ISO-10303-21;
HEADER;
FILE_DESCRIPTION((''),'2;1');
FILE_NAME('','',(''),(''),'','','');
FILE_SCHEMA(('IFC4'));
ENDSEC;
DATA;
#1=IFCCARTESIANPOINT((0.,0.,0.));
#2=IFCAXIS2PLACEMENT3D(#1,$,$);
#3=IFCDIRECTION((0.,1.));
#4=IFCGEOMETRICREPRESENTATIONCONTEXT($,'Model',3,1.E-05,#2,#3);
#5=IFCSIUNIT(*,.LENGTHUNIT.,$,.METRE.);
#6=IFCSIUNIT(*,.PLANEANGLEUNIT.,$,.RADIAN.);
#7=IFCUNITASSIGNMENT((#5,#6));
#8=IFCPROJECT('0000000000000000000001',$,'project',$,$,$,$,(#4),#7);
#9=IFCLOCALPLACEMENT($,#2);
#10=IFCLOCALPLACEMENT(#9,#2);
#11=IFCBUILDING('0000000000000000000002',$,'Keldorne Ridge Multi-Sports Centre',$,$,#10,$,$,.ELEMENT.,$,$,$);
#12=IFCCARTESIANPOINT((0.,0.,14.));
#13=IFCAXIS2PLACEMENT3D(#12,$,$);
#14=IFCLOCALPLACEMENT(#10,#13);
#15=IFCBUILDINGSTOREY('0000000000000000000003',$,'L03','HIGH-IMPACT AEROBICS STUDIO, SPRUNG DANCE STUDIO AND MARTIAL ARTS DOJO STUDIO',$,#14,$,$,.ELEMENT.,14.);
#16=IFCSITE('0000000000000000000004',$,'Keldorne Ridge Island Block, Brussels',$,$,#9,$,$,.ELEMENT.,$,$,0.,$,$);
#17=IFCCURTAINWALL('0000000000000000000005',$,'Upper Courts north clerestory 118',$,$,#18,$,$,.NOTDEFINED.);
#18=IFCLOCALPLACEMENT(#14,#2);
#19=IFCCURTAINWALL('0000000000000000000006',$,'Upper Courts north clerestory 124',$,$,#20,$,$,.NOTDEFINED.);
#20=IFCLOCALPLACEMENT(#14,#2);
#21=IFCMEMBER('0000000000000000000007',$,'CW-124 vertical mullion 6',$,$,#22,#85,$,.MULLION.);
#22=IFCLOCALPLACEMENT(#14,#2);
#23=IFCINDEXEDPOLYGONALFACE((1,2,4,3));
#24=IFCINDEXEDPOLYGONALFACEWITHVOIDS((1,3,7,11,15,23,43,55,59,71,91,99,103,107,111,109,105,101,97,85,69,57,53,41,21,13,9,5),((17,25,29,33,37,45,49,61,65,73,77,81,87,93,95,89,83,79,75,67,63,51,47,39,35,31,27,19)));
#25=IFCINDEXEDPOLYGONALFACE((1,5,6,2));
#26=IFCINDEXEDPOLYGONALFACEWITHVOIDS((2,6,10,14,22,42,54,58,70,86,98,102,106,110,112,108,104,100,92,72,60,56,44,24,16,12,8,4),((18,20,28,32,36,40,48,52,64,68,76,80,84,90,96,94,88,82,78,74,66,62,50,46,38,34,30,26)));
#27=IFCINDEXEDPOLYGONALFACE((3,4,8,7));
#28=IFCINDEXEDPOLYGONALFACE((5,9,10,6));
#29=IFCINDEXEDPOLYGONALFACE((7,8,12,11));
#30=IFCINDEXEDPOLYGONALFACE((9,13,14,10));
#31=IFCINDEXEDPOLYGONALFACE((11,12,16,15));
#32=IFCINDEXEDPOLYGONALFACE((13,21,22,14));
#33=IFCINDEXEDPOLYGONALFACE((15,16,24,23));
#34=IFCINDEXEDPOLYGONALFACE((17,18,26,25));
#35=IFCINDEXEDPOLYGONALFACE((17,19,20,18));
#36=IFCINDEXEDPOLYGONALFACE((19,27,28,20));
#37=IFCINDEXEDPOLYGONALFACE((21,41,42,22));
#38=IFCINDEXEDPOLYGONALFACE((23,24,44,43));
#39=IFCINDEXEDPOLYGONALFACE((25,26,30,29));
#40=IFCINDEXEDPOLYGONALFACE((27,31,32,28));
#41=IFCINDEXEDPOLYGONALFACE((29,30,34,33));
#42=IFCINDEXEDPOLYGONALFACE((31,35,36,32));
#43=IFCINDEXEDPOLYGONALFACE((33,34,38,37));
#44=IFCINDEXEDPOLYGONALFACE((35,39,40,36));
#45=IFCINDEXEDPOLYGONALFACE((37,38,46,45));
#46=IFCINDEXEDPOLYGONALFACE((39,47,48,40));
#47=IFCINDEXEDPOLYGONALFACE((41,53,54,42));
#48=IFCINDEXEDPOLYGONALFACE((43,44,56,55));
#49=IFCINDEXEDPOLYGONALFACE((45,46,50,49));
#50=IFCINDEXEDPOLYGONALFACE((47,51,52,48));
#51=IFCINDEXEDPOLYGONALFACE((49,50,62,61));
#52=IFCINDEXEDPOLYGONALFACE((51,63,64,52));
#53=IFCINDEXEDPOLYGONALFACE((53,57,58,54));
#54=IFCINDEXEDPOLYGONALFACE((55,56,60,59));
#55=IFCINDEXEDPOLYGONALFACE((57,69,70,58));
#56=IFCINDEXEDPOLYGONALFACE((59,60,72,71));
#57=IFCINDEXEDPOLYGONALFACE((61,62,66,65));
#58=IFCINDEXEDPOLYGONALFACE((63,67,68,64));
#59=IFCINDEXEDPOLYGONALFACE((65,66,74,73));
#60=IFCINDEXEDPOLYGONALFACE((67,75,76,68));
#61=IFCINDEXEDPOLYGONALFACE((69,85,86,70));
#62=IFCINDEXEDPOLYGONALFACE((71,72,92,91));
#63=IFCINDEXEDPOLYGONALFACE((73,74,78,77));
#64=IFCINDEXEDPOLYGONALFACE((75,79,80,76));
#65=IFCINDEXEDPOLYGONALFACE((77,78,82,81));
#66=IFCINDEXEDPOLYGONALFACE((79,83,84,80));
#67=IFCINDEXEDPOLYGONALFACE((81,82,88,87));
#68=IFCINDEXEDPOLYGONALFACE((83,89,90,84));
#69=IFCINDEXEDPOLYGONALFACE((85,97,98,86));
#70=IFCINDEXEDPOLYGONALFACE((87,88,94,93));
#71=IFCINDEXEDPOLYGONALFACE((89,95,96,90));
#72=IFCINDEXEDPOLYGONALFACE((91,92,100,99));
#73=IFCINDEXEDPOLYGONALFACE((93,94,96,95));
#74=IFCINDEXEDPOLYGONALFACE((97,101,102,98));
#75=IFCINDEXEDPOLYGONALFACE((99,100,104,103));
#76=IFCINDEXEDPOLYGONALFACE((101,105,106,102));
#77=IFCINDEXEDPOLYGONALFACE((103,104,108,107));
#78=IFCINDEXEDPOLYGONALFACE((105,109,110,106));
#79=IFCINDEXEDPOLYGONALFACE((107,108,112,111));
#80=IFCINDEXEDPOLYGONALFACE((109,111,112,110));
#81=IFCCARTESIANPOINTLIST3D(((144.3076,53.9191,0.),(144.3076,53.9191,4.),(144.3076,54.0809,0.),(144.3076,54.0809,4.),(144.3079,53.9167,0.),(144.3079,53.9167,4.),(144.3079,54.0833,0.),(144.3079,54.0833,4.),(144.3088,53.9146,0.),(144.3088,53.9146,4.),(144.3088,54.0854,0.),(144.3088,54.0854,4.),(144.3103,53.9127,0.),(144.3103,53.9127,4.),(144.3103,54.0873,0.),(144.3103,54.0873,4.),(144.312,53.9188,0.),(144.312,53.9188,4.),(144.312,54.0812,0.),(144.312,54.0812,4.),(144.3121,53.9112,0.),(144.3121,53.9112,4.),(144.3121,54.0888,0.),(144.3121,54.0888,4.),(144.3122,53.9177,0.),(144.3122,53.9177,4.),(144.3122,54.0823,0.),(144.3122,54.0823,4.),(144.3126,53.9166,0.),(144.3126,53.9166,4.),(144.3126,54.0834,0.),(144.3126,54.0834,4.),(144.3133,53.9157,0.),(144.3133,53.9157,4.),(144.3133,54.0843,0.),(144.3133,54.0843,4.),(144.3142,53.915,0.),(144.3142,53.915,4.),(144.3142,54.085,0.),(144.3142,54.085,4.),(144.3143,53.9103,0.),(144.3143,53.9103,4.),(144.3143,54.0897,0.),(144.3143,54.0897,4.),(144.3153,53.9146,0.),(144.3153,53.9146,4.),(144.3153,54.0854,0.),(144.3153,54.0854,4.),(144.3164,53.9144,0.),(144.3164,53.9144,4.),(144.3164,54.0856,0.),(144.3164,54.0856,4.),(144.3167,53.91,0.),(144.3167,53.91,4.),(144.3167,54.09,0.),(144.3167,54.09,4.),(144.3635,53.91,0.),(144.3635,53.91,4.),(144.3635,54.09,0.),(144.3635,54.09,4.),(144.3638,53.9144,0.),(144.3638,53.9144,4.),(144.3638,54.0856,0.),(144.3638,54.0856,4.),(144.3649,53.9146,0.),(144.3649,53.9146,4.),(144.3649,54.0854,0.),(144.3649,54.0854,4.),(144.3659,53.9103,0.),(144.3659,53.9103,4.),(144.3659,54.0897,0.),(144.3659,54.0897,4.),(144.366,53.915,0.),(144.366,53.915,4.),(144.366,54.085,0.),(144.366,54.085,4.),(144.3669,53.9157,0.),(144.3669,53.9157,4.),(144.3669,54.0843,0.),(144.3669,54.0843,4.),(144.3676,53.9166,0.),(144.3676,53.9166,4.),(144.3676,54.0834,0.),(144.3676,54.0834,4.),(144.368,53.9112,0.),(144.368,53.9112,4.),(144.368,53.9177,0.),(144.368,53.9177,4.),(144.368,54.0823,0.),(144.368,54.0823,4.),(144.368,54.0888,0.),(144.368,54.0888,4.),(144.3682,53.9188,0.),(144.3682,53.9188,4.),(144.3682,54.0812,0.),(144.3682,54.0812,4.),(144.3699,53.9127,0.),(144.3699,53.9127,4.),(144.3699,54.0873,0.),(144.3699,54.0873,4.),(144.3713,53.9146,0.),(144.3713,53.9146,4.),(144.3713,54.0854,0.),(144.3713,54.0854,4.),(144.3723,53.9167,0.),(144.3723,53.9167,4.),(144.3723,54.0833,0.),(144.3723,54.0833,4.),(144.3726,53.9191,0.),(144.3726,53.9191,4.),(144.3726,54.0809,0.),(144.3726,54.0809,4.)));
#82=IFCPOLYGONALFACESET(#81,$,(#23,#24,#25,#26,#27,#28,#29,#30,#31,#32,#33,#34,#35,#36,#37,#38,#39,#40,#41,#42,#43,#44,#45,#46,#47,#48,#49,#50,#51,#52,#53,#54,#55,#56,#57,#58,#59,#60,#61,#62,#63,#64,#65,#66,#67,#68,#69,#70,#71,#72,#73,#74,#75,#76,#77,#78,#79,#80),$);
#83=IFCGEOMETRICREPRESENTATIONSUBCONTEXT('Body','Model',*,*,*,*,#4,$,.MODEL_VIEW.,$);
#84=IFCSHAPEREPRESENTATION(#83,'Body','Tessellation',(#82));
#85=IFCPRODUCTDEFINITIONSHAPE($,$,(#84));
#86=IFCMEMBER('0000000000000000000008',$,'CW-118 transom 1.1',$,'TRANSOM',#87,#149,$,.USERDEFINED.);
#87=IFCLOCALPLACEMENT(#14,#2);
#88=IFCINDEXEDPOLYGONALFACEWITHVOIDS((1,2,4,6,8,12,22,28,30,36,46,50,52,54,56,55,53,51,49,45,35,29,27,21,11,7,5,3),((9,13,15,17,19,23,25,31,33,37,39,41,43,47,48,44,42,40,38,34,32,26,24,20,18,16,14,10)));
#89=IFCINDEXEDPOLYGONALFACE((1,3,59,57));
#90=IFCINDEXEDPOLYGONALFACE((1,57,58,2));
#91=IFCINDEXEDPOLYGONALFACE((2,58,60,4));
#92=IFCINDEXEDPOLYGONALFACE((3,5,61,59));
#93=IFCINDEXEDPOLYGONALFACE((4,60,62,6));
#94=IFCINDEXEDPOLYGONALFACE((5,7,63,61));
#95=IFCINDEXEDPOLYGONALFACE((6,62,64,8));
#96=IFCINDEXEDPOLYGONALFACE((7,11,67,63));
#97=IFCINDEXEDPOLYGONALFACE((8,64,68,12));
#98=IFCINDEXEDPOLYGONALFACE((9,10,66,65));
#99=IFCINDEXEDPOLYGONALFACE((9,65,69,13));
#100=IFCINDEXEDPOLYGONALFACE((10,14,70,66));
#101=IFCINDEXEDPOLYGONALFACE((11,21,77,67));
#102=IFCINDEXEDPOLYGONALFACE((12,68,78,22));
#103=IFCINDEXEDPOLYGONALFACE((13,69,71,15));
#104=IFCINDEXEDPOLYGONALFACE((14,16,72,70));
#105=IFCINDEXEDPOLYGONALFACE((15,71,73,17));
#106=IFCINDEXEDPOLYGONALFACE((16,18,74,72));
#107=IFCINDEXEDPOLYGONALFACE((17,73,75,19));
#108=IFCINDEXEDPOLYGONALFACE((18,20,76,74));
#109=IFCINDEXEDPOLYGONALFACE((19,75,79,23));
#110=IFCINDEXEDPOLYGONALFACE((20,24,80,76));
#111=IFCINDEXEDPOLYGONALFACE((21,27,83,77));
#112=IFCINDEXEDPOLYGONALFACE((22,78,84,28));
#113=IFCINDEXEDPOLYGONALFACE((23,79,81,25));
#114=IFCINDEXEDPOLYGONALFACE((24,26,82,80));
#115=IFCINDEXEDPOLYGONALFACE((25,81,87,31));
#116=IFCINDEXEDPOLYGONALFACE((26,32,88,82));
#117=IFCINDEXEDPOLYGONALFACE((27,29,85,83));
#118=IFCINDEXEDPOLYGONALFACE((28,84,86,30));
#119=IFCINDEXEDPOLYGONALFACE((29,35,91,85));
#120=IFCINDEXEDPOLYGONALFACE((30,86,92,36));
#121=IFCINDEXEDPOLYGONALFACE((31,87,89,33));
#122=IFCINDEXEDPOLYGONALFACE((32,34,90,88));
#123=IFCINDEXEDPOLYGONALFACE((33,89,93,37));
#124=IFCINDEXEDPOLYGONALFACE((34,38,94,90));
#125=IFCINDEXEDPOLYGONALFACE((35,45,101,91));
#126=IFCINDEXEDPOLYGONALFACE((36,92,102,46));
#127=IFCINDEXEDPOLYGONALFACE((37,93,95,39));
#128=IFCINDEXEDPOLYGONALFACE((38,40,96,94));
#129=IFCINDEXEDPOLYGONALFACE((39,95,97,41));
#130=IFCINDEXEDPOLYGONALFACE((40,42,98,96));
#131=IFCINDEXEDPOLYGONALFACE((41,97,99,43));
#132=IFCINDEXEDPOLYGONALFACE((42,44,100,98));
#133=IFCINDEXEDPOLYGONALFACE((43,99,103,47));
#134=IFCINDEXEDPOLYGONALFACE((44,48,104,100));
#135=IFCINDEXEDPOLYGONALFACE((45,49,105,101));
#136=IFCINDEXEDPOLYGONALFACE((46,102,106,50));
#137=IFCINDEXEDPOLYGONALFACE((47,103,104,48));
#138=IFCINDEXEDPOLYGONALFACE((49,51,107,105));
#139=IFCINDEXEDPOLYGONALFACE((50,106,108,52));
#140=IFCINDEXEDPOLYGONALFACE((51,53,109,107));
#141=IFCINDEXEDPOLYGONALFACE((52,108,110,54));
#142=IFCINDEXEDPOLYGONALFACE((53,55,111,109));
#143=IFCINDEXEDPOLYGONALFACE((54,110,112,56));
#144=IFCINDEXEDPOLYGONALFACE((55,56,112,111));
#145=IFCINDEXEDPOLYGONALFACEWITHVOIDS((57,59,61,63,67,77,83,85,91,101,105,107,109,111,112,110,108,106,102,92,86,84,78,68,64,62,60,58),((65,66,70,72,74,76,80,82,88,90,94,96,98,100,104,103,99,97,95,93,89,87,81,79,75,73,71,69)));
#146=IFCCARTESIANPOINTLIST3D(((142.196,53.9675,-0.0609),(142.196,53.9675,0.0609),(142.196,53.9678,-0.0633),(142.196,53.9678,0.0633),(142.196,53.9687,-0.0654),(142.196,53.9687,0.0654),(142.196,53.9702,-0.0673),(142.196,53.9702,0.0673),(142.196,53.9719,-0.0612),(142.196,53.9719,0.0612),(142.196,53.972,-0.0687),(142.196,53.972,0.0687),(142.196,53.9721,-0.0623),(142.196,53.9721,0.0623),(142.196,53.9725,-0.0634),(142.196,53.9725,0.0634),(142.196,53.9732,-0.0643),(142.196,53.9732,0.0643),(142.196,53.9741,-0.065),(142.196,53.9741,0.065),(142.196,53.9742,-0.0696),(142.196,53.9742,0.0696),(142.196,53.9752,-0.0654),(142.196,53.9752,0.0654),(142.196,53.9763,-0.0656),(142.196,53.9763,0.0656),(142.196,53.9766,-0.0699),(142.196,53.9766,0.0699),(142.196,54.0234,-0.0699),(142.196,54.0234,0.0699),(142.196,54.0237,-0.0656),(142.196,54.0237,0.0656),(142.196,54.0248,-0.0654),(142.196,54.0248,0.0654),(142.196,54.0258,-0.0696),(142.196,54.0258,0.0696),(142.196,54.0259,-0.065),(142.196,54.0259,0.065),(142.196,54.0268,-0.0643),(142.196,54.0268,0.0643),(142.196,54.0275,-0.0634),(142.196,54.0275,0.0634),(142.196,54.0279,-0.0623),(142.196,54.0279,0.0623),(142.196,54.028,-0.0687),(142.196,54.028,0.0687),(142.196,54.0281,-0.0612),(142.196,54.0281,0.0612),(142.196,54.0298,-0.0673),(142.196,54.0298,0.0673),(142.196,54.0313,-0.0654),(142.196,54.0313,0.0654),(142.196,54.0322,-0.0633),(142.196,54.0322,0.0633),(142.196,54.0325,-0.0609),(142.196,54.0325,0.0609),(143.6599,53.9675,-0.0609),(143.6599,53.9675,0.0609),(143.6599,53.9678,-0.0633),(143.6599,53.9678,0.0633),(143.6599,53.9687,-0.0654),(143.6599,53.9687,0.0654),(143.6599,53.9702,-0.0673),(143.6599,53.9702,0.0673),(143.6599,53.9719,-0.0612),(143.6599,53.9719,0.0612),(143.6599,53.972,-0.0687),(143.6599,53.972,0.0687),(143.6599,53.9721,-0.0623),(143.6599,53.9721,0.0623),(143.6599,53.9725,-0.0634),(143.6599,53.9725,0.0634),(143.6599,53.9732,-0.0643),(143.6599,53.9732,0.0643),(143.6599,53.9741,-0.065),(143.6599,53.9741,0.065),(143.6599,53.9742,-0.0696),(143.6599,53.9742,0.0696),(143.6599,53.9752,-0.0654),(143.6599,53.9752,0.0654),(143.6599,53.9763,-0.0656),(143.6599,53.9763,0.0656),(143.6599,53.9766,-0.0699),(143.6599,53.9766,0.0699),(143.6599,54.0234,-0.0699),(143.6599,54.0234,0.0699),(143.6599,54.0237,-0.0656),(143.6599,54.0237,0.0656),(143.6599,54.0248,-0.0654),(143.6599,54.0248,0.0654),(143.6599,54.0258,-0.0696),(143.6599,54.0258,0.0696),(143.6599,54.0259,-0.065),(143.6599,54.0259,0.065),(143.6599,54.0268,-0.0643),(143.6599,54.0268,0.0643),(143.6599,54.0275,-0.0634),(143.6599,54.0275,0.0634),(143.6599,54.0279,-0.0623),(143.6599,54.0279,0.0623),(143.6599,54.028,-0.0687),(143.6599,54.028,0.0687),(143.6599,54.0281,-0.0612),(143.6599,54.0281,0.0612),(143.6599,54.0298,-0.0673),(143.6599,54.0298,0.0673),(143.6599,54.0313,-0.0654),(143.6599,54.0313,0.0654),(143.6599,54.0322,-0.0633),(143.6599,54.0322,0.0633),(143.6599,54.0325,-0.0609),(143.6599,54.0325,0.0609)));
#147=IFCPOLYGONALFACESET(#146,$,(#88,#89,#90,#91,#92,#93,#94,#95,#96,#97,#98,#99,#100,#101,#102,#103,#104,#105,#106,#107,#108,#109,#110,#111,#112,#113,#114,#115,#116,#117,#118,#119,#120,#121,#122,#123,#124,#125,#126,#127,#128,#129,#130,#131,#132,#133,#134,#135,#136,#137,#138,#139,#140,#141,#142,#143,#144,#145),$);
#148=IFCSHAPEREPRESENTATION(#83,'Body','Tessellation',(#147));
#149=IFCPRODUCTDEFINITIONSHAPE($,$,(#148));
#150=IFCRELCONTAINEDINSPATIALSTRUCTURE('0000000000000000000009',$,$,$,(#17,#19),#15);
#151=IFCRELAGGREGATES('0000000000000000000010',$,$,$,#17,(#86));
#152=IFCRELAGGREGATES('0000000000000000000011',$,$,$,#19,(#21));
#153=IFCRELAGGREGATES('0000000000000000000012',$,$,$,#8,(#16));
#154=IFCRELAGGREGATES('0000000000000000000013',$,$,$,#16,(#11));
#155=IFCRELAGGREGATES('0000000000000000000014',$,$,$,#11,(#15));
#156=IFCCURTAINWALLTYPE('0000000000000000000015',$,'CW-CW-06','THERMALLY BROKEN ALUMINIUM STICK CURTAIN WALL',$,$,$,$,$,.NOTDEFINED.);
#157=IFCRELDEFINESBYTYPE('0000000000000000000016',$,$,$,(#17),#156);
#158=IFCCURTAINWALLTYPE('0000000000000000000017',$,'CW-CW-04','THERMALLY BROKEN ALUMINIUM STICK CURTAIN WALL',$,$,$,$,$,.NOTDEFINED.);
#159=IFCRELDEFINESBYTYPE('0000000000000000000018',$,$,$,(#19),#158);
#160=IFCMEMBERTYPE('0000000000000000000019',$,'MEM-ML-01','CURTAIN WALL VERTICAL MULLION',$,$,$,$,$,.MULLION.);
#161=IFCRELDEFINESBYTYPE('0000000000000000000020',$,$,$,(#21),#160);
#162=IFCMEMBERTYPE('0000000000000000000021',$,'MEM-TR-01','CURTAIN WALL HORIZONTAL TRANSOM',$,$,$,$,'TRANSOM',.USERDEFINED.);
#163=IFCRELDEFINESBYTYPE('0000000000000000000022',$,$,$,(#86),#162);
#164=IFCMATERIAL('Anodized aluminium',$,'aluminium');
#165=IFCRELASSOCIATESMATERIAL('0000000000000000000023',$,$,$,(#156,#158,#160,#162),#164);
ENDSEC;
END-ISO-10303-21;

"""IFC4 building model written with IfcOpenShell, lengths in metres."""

from ifc_helpers import new_model, si_unit, direction, frame, origin, origin_2d, place, context, subcontext, project, spatial, hollow_rectangle, extrude, material, material_profile, profile_set, type_object, element, aggregate, save


model = new_model("IFC4")

# Units and contexts
model_context = context("Model", 3, precision=1e-05, world=origin(), true_north=direction((0.0, 1.0)))
body_context = subcontext(model_context, "Body", "Model", "MODEL_VIEW")
ifc_project = project(units=[si_unit("LENGTHUNIT", "METRE"), si_unit("PLANEANGLEUNIT", "RADIAN")], contexts=[model_context])

# Site, building, storey
site_placement = place(None, origin())
site = spatial("IfcSite", under=ifc_project, at=site_placement, Name="Keldorne Ridge Island Block, Brussels", CompositionType="ELEMENT", RefElevation=0.0)
building_placement = place(site_placement, origin())
building = spatial("IfcBuilding", under=site, at=building_placement, Name="Keldorne Ridge Multi-Sports Centre", CompositionType="ELEMENT")
storey_placement = place(building_placement, frame((0.0, 0.0, 14.0)))
storey = spatial("IfcBuildingStorey", under=building, at=storey_placement, Name="L03", Description="HIGH-IMPACT AEROBICS STUDIO, SPRUNG DANCE STUDIO AND MARTIAL ARTS DOJO STUDIO", CompositionType="ELEMENT", Elevation=14.0)

# Curtain wall
ifc_material_1 = material(Name="Anodized aluminium", Category="aluminium")
curtain_wall_type_1 = type_object("IfcCurtainWallType", Name="CW-CW-06", Description="THERMALLY BROKEN ALUMINIUM STICK CURTAIN WALL", PredefinedType="NOTDEFINED", material=ifc_material_1)
curtain_wall_1_placement = place(storey_placement, origin())
curtain_wall_1 = element("IfcCurtainWall", 1, at=curtain_wall_1_placement, inside=storey, type_object=curtain_wall_type_1, Name="Upper Courts north clerestory 118", PredefinedType="NOTDEFINED")
ifc_material_profile_1 = material_profile(ifc_material_1, hollow_rectangle(XDim=0.0649, YDim=0.1799, WallThickness=0.0044, InnerFilletRadius=0.0044, OuterFilletRadius=0.009, at=origin_2d()), Name="ALU MULLION 180x65x4.5")
ifc_profile_set_1 = profile_set([ifc_material_profile_1], Name="Anodized aluminium")
member_type_1 = type_object("IfcMemberType", Name="MEM-ML-01", Description="CURTAIN WALL VERTICAL MULLION", PredefinedType="MULLION", material=ifc_profile_set_1)

# Curtain wall, member
curtain_wall_type_2 = type_object("IfcCurtainWallType", Name="CW-CW-04", Description="THERMALLY BROKEN ALUMINIUM STICK CURTAIN WALL", PredefinedType="NOTDEFINED", material=ifc_material_1)
curtain_wall_2_placement = place(storey_placement, origin())
curtain_wall_2 = element("IfcCurtainWall", 2, at=curtain_wall_2_placement, inside=storey, type_object=curtain_wall_type_2, Name="Upper Courts north clerestory 124", PredefinedType="NOTDEFINED")
member_1_placement = place(storey_placement, frame((144.3401, 54.0, 0.0), z_axis=(0.0, 0.0, 1.0), x_axis=(1.0, 0.0, 0.0)))
member_1 = element("IfcMember", 3, at=member_1_placement, type_object=member_type_1, Name="CW-124 vertical mullion 6", PredefinedType="MULLION", context=body_context, shape_type="SweptSolid", body=[
    extrude(hollow_rectangle(XDim=0.0649, YDim=0.1799, WallThickness=0.0044, InnerFilletRadius=0.0044, OuterFilletRadius=0.009, at=origin_2d()), origin(), (0.0, 0.0, 1.0), 4.0),
])

# Member
ifc_material_profile_2 = material_profile(ifc_material_1, hollow_rectangle(XDim=0.0649, YDim=0.1399, WallThickness=0.0044, InnerFilletRadius=0.0044, OuterFilletRadius=0.009, at=origin_2d()), Name="ALU TRANSOM 140x65x4.5")
ifc_profile_set_2 = profile_set([ifc_material_profile_2], Name="Anodized aluminium")
member_type_2 = type_object("IfcMemberType", Name="MEM-TR-01", Description="CURTAIN WALL HORIZONTAL TRANSOM", ElementType="TRANSOM", PredefinedType="USERDEFINED", material=ifc_profile_set_2)
member_2_placement = place(storey_placement, frame((143.6599, 54.0, 0.0), z_axis=(-1.0, 0.0, 0.0), x_axis=(0.0, -1.0, 0.0)))
member_2 = element("IfcMember", 4, at=member_2_placement, type_object=member_type_2, Name="CW-118 transom 1.1", ObjectType="TRANSOM", PredefinedType="USERDEFINED", context=body_context, shape_type="SweptSolid", body=[
    extrude(hollow_rectangle(XDim=0.0649, YDim=0.1399, WallThickness=0.0044, InnerFilletRadius=0.0044, OuterFilletRadius=0.009, at=origin_2d()), origin(), (0.0, 0.0, 1.0), 1.4639),
])

aggregate(curtain_wall_1, [member_2])
aggregate(curtain_wall_2, [member_1])

save(model, "model.ifc")
